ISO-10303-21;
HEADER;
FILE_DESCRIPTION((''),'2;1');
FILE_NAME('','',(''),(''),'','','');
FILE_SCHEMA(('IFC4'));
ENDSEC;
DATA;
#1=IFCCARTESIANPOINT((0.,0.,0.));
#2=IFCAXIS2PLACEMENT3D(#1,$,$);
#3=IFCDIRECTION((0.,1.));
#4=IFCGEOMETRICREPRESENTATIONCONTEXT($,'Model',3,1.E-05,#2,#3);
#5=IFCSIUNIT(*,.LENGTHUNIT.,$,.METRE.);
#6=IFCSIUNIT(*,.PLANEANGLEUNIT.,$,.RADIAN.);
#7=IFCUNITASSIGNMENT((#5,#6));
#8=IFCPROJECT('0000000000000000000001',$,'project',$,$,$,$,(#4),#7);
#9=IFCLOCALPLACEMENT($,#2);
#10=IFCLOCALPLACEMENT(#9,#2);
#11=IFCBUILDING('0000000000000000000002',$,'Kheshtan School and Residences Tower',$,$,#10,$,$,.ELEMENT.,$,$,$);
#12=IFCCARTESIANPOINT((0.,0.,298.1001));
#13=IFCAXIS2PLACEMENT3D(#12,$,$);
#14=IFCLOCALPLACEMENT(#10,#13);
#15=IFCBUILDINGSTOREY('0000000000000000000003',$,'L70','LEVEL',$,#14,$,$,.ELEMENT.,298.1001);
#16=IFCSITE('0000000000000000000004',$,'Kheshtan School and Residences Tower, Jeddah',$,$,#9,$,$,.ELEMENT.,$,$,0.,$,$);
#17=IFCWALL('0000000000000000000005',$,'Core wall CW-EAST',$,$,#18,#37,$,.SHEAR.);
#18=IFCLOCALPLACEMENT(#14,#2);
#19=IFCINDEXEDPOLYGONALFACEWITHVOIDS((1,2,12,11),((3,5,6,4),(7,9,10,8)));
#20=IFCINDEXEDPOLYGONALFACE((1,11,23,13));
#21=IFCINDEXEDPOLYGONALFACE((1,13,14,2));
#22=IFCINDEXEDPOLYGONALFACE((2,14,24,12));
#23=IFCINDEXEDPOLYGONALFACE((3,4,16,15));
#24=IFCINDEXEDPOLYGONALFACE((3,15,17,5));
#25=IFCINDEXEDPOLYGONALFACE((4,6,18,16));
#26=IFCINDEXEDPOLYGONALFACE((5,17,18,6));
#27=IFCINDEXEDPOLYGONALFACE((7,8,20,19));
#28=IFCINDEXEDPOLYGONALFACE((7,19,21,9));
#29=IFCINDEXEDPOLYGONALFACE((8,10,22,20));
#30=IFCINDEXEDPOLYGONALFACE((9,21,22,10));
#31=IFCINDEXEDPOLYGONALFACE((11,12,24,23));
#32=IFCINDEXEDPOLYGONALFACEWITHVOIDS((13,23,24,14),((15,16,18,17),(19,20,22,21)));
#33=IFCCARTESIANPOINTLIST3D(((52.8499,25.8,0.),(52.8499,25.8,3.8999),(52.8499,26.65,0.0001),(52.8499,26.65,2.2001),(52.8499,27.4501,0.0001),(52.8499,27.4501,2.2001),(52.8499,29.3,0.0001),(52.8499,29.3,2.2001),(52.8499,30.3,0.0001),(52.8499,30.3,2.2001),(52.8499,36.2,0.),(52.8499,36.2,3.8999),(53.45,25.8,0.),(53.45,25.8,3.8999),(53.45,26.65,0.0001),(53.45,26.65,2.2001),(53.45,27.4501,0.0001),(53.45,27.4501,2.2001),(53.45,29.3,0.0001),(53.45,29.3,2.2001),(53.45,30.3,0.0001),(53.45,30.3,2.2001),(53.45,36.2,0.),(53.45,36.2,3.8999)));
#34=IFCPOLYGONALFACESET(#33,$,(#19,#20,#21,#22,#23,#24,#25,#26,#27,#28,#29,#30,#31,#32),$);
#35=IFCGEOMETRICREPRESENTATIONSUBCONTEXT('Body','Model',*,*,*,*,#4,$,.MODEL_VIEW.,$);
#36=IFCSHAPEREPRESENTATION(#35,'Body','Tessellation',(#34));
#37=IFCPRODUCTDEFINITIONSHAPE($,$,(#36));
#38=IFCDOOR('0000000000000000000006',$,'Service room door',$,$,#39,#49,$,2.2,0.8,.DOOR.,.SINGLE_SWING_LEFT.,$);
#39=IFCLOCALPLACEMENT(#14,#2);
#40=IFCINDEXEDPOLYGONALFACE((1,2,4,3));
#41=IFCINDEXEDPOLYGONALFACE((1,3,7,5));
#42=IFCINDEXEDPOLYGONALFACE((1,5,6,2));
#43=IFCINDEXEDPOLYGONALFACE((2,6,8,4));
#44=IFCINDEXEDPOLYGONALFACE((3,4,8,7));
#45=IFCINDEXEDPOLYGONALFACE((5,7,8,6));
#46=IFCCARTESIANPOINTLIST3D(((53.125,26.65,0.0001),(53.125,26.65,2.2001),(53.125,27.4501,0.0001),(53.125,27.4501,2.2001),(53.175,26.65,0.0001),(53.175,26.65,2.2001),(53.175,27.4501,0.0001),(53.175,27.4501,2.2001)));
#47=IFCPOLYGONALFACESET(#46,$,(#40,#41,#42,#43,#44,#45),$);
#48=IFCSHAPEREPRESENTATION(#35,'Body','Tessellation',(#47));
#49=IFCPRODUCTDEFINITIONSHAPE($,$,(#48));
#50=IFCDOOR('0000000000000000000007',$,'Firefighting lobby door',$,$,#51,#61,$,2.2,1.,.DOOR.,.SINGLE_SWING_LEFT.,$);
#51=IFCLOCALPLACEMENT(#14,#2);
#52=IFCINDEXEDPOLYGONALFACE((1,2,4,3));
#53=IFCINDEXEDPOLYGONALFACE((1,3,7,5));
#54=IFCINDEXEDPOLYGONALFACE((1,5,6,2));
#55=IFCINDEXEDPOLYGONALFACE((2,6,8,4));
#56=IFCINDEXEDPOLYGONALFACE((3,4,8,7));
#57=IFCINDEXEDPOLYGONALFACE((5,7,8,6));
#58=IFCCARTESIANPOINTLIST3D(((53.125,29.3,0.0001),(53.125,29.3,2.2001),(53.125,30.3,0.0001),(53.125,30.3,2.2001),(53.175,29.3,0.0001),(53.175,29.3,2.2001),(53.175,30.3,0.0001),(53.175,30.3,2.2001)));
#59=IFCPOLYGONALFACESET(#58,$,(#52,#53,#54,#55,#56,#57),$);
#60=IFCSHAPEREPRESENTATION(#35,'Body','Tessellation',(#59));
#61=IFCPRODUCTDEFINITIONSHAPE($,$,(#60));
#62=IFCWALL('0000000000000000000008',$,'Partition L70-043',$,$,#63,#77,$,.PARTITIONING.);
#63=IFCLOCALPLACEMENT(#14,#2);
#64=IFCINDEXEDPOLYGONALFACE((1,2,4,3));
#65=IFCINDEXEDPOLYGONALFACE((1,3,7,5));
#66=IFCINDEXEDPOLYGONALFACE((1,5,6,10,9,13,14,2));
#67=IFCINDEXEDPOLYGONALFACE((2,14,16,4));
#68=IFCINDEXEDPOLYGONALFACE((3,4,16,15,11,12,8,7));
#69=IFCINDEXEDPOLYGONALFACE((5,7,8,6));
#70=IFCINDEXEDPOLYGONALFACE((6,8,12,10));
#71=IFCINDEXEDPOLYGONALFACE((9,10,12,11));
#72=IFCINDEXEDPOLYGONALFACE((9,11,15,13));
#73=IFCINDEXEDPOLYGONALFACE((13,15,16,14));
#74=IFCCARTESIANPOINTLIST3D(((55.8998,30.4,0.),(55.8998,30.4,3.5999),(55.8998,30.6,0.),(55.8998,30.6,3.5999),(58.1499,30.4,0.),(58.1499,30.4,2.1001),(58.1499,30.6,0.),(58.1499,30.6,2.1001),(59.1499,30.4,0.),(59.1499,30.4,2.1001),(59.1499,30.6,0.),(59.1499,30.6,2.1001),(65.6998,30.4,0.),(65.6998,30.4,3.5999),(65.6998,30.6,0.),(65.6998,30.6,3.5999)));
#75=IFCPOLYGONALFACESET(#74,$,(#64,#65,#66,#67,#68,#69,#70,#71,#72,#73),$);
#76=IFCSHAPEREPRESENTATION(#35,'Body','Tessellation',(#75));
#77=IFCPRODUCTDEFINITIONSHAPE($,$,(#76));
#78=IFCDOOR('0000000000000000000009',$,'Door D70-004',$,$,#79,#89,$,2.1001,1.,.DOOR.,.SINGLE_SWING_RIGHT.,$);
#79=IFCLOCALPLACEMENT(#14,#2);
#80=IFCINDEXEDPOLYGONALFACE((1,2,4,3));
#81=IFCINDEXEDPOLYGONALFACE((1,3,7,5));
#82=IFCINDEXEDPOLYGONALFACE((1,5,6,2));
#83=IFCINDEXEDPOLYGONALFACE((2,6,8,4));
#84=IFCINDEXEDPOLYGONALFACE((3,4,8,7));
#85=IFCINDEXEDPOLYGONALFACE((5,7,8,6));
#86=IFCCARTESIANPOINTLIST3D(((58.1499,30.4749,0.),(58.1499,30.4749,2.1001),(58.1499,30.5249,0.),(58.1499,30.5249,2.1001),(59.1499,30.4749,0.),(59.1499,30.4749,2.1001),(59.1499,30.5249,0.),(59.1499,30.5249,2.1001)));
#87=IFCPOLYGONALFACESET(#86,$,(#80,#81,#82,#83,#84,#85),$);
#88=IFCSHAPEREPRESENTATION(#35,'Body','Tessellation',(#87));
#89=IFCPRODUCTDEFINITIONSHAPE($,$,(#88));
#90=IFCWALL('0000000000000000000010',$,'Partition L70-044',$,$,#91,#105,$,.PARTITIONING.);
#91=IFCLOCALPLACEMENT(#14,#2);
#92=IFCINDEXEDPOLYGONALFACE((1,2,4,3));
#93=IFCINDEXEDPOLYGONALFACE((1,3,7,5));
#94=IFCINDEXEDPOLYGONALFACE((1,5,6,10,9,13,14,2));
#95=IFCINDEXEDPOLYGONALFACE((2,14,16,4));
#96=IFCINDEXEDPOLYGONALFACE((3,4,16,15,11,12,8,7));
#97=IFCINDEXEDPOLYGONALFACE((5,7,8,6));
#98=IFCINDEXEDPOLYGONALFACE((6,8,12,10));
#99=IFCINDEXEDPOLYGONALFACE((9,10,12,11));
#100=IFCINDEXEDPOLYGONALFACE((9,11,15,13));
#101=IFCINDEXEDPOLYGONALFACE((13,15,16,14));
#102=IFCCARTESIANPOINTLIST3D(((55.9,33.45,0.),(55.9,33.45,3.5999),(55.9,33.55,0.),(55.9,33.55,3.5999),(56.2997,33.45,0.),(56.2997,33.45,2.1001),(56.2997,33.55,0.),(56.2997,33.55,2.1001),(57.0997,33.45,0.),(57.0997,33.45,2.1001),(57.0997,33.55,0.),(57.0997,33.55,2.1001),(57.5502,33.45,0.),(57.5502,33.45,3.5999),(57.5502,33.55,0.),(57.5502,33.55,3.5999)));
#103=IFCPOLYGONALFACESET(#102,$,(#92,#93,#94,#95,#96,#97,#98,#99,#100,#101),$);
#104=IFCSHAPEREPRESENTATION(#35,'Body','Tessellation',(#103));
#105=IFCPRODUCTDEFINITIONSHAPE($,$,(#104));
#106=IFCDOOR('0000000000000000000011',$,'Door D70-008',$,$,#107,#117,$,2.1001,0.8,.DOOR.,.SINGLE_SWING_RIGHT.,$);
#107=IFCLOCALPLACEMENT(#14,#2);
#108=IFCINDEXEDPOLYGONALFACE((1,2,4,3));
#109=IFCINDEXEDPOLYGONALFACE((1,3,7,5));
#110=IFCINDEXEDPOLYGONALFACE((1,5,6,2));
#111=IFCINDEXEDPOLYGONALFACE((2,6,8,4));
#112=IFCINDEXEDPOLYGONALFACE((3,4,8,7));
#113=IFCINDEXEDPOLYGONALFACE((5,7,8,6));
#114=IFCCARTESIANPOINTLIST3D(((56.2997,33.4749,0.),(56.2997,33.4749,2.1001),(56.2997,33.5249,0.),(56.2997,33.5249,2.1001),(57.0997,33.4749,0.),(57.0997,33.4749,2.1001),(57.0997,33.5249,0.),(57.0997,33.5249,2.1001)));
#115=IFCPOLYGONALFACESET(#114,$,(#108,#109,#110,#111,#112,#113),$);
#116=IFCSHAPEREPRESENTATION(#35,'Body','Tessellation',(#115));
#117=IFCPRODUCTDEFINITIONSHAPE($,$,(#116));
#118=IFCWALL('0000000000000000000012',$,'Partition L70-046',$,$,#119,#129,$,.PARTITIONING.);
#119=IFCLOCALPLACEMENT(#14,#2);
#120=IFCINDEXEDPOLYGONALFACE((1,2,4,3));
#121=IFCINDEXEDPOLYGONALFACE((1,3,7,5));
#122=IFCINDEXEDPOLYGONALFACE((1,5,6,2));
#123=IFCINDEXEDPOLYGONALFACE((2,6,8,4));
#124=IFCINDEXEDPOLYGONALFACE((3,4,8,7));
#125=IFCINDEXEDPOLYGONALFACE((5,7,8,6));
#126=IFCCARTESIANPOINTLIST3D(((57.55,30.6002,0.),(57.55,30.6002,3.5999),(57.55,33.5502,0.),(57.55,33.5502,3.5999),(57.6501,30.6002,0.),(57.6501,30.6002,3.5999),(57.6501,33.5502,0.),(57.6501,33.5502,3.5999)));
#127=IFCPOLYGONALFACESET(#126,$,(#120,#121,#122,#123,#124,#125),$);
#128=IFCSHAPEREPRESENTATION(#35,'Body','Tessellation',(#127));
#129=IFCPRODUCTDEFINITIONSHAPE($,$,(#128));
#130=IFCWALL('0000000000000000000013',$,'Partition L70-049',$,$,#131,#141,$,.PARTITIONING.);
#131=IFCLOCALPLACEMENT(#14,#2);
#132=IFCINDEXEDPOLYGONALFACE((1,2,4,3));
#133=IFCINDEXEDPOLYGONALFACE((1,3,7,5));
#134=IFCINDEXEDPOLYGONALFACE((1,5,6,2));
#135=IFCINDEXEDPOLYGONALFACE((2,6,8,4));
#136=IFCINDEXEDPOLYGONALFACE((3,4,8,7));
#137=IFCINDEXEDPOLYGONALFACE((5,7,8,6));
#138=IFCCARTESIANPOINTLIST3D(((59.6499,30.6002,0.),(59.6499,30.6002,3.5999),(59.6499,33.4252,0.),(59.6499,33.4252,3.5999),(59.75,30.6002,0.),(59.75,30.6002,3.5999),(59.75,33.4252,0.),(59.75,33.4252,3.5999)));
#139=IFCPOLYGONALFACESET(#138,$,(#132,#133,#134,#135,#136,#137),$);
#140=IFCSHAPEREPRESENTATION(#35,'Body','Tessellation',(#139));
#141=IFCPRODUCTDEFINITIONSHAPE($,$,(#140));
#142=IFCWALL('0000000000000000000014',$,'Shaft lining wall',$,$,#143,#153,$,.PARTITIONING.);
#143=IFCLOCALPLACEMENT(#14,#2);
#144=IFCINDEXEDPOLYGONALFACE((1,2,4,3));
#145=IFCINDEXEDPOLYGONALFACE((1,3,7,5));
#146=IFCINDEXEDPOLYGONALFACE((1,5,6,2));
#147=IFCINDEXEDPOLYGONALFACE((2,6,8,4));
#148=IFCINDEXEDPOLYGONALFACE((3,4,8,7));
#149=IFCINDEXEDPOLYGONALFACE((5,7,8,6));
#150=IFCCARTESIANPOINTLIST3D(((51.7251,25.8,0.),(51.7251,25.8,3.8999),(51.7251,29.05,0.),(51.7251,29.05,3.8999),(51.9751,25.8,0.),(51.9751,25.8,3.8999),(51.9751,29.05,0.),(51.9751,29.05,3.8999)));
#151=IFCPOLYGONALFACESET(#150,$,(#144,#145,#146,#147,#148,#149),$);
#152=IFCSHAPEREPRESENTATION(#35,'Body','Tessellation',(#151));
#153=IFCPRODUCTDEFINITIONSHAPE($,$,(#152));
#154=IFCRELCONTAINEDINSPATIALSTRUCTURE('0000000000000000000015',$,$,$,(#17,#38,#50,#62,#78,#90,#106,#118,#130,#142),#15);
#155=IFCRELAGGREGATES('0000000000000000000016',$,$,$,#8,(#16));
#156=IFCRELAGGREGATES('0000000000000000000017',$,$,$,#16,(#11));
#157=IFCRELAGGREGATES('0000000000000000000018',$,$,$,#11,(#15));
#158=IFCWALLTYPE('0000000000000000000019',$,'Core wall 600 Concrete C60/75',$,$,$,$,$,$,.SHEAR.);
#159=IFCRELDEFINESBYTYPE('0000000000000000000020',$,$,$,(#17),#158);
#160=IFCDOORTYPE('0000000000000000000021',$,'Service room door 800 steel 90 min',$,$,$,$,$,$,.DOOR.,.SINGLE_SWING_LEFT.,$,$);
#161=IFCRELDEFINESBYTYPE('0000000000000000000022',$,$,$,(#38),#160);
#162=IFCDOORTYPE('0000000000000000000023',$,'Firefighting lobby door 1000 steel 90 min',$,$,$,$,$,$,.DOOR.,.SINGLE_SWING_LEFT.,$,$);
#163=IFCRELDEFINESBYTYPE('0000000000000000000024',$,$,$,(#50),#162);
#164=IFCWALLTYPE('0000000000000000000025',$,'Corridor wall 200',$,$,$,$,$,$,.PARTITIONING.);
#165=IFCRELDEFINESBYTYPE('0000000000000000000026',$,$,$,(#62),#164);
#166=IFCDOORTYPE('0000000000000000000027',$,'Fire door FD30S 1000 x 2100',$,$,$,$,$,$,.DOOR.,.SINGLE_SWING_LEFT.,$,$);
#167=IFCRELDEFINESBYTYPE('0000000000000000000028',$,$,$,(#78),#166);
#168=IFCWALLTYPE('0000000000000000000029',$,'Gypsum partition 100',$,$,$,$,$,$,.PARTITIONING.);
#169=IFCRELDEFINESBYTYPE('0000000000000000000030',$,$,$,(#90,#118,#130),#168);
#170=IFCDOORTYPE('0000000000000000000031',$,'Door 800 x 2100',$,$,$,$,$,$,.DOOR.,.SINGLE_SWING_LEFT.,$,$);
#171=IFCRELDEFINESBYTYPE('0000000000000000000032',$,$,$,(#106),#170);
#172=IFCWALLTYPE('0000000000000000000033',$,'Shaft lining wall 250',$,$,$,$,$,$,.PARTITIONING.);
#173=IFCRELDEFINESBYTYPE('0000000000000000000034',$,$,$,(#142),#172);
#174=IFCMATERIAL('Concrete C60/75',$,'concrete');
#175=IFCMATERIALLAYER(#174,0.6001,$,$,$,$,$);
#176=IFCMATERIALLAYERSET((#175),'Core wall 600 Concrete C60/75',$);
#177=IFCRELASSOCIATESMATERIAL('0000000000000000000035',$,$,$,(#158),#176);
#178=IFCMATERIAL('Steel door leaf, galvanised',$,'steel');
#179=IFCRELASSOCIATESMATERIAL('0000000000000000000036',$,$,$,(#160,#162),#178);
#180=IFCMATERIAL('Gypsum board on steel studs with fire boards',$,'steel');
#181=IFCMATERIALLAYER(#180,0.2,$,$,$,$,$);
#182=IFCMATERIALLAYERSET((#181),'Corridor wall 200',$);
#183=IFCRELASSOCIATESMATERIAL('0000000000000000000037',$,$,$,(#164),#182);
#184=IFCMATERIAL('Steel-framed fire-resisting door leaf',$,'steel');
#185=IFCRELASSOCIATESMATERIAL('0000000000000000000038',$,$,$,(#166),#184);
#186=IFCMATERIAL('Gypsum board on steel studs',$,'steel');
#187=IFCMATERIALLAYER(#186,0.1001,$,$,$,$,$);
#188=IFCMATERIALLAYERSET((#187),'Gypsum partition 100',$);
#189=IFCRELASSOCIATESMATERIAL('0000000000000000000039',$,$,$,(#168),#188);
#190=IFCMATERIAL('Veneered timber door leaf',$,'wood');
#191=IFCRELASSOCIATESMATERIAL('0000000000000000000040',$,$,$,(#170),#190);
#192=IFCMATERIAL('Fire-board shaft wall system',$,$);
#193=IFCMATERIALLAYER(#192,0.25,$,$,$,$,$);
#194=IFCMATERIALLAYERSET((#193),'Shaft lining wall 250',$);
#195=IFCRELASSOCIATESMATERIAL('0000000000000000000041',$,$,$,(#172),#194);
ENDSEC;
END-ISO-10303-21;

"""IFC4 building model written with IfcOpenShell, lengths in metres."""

from ifc_helpers import new_model, si_unit, direction, frame, frame_2d, origin, place, context, subcontext, project, spatial, rectangle, extrude, source, transform, mapped, material, layer, layer_set, type_object, element, fill, save


model = new_model("IFC4")

# Units and contexts
model_context = context("Model", 3, precision=1e-05, world=origin(), true_north=direction((0.0, 1.0)))
body_context = subcontext(model_context, "Body", "Model", "MODEL_VIEW")
ifc_project = project(units=[si_unit("LENGTHUNIT", "METRE"), si_unit("PLANEANGLEUNIT", "RADIAN")], contexts=[model_context])

# Site, building, storey
site_placement = place(None, origin())
site = spatial("IfcSite", under=ifc_project, at=site_placement, Name="Kheshtan School and Residences Tower, Jeddah", CompositionType="ELEMENT", RefElevation=0.0)
building_placement = place(site_placement, origin())
building = spatial("IfcBuilding", under=site, at=building_placement, Name="Kheshtan School and Residences Tower", CompositionType="ELEMENT")
storey_placement = place(building_placement, frame((0.0, 0.0, 298.1001)))
storey = spatial("IfcBuildingStorey", under=building, at=storey_placement, Name="L70", Description="LEVEL", CompositionType="ELEMENT", Elevation=298.1001)

# Wall, openings, doors
ifc_material_1 = material(Name="Concrete C60/75", Category="concrete")
ifc_layer_1 = layer(ifc_material_1, 0.6001)
ifc_layer_set_1 = layer_set([ifc_layer_1], Name="Core wall 600 Concrete C60/75")
wall_type_1 = type_object("IfcWallType", Name="Core wall 600 Concrete C60/75", PredefinedType="SHEAR", material=ifc_layer_set_1)
wall_1_placement = place(storey_placement, frame((53.1499, 25.8, 0.0), z_axis=(0.0, 0.0, 1.0), x_axis=(0.0, 1.0, 0.0)))
wall_1 = element("IfcWall", 1, at=wall_1_placement, inside=storey, type_object=wall_type_1, Name="Core wall CW-EAST", PredefinedType="SHEAR", context=body_context, shape_type="SweptSolid", body=[
    extrude(rectangle(XDim=10.3999, YDim=0.6001, at=frame_2d((5.2, 0.0))), origin(), (0.0, 0.0, 1.0), 3.8999),
])
opening_1_placement = place(wall_1_placement, frame((0.8501, 0.0, 0.0)))
opening_1 = element("IfcOpeningElement", 2, at=opening_1_placement, cuts=wall_1, PredefinedType="OPENING", context=body_context, shape_type="SweptSolid", body=[
    extrude(rectangle(XDim=0.8, YDim=2.2, at=frame_2d((0.3999, 1.1001))), frame((0.0, 0.3101, 0.0), z_axis=(0.0, -1.0, 0.0), x_axis=(1.0, 0.0, 0.0)), (0.0, 0.0, 1.0), 0.6201),
])
opening_2_placement = place(wall_1_placement, frame((3.5, 0.0, 0.0)))
opening_2 = element("IfcOpeningElement", 3, at=opening_2_placement, cuts=wall_1, PredefinedType="OPENING", context=body_context, shape_type="SweptSolid", body=[
    extrude(rectangle(XDim=1.0, YDim=2.2, at=frame_2d((0.5, 1.1001))), frame((0.0, 0.3101, 0.0), z_axis=(0.0, -1.0, 0.0), x_axis=(1.0, 0.0, 0.0)), (0.0, 0.0, 1.0), 0.6201),
])
ifc_material_2 = material(Name="Steel door leaf, galvanised", Category="steel")
door_type_1 = type_object("IfcDoorType", Name="Service room door 800 steel 90 min", OperationType="SINGLE_SWING_LEFT", PredefinedType="DOOR", material=ifc_material_2)
shared_shape_1 = source(origin(), body_context, "Body", "SweptSolid", [
    extrude(rectangle(XDim=0.8, YDim=2.2, at=frame_2d((0.3999, 1.1001))), frame((0.0, 0.0249, 0.0), z_axis=(0.0, -1.0, 0.0), x_axis=(1.0, 0.0, 0.0)), (0.0, 0.0, 1.0), 0.05),
])
door_1_placement = place(opening_1_placement, origin())
door_1 = element("IfcDoor", 4, at=door_1_placement, inside=storey, type_object=door_type_1, Name="Service room door", OperationType="SINGLE_SWING_LEFT", OverallHeight=2.2, OverallWidth=0.8, PredefinedType="DOOR", context=body_context, shape_type="MappedRepresentation", body=[
    mapped(shared_shape_1, transform((0.0, 0.0, 0.0), x_axis=(1.0, 0.0, 0.0), y_axis=(0.0, 1.0, 0.0), z_axis=(0.0, 0.0, 1.0), scale=1.0)),
])
fill(opening_1, door_1)
door_type_2 = type_object("IfcDoorType", Name="Firefighting lobby door 1000 steel 90 min", OperationType="SINGLE_SWING_LEFT", PredefinedType="DOOR", material=ifc_material_2)
shared_shape_2 = source(origin(), body_context, "Body", "SweptSolid", [
    extrude(rectangle(XDim=1.0, YDim=2.2, at=frame_2d((0.5, 1.1001))), frame((0.0, 0.0249, 0.0), z_axis=(0.0, -1.0, 0.0), x_axis=(1.0, 0.0, 0.0)), (0.0, 0.0, 1.0), 0.05),
])
door_2_placement = place(opening_2_placement, origin())
door_2 = element("IfcDoor", 5, at=door_2_placement, inside=storey, type_object=door_type_2, Name="Firefighting lobby door", OperationType="SINGLE_SWING_LEFT", OverallHeight=2.2, OverallWidth=1.0, PredefinedType="DOOR", context=body_context, shape_type="MappedRepresentation", body=[
    mapped(shared_shape_2, transform((0.0, 0.0, 0.0), x_axis=(1.0, 0.0, 0.0), y_axis=(0.0, 1.0, 0.0), z_axis=(0.0, 0.0, 1.0), scale=1.0)),
])
fill(opening_2, door_2)

# Walls, openings, doors
ifc_material_3 = material(Name="Gypsum board on steel studs with fire boards", Category="steel")
ifc_layer_2 = layer(ifc_material_3, 0.2)
ifc_layer_set_2 = layer_set([ifc_layer_2], Name="Corridor wall 200")
wall_type_2 = type_object("IfcWallType", Name="Corridor wall 200", PredefinedType="PARTITIONING", material=ifc_layer_set_2)
wall_2_placement = place(storey_placement, frame((55.8999, 30.5, 0.0), z_axis=(0.0, 0.0, 1.0), x_axis=(1.0, 0.0, 0.0)))
wall_2 = element("IfcWall", 6, at=wall_2_placement, inside=storey, type_object=wall_type_2, Name="Partition L70-043", PredefinedType="PARTITIONING", context=body_context, shape_type="SweptSolid", body=[
    extrude(rectangle(XDim=9.8, YDim=0.2, at=frame_2d((4.8999, 0.0))), origin(), (0.0, 0.0, 1.0), 3.5999),
])
opening_3_placement = place(wall_2_placement, frame((2.25, 0.0, 0.0)))
opening_3 = element("IfcOpeningElement", 7, at=opening_3_placement, cuts=wall_2, PredefinedType="OPENING", context=body_context, shape_type="SweptSolid", body=[
    extrude(rectangle(XDim=1.0, YDim=2.1001, at=frame_2d((0.5, 1.05))), frame((0.0, 0.1099, 0.0), z_axis=(0.0, -1.0, 0.0), x_axis=(1.0, 0.0, 0.0)), (0.0, 0.0, 1.0), 0.22),
])
ifc_material_4 = material(Name="Steel-framed fire-resisting door leaf", Category="steel")
door_type_3 = type_object("IfcDoorType", Name="Fire door FD30S 1000 x 2100", OperationType="SINGLE_SWING_LEFT", PredefinedType="DOOR", material=ifc_material_4)
shared_shape_3 = source(origin(), body_context, "Body", "SweptSolid", [
    extrude(rectangle(XDim=1.0, YDim=2.1001, at=frame_2d((0.5, 1.05))), frame((0.0, 0.0249, 0.0), z_axis=(0.0, -1.0, 0.0), x_axis=(1.0, 0.0, 0.0)), (0.0, 0.0, 1.0), 0.05),
])
door_3_placement = place(opening_3_placement, origin())
door_3 = element("IfcDoor", 8, at=door_3_placement, inside=storey, type_object=door_type_3, Name="Door D70-004", OperationType="SINGLE_SWING_RIGHT", OverallHeight=2.1001, OverallWidth=1.0, PredefinedType="DOOR", context=body_context, shape_type="MappedRepresentation", body=[
    mapped(shared_shape_3, transform((0.0, 0.0, 0.0), x_axis=(1.0, 0.0, 0.0), y_axis=(0.0, 1.0, 0.0), z_axis=(0.0, 0.0, 1.0), scale=1.0)),
])
fill(opening_3, door_3)
ifc_material_5 = material(Name="Gypsum board on steel studs", Category="steel")
ifc_layer_3 = layer(ifc_material_5, 0.1001)
ifc_layer_set_3 = layer_set([ifc_layer_3], Name="Gypsum partition 100")
wall_type_3 = type_object("IfcWallType", Name="Gypsum partition 100", PredefinedType="PARTITIONING", material=ifc_layer_set_3)
wall_3_placement = place(storey_placement, frame((55.8999, 33.5, 0.0), z_axis=(0.0, 0.0, 1.0), x_axis=(1.0, 0.0, 0.0)))
wall_3 = element("IfcWall", 9, at=wall_3_placement, inside=storey, type_object=wall_type_3, Name="Partition L70-044", PredefinedType="PARTITIONING", context=body_context, shape_type="SweptSolid", body=[
    extrude(rectangle(XDim=1.6501, YDim=0.1001, at=frame_2d((0.8252, 0.0))), origin(), (0.0, 0.0, 1.0), 3.5999),
])
opening_4_placement = place(wall_3_placement, frame((0.3999, 0.0, 0.0)))
opening_4 = element("IfcOpeningElement", 10, at=opening_4_placement, cuts=wall_3, PredefinedType="OPENING", context=body_context, shape_type="SweptSolid", body=[
    extrude(rectangle(XDim=0.8, YDim=2.1001, at=frame_2d((0.3999, 1.05))), frame((0.0, 0.0601, 0.0), z_axis=(0.0, -1.0, 0.0), x_axis=(1.0, 0.0, 0.0)), (0.0, 0.0, 1.0), 0.1201),
])
ifc_material_6 = material(Name="Veneered timber door leaf", Category="wood")
door_type_4 = type_object("IfcDoorType", Name="Door 800 x 2100", OperationType="SINGLE_SWING_LEFT", PredefinedType="DOOR", material=ifc_material_6)
shared_shape_4 = source(origin(), body_context, "Body", "SweptSolid", [
    extrude(rectangle(XDim=0.8, YDim=2.1001, at=frame_2d((0.3999, 1.05))), frame((0.0, 0.0249, 0.0), z_axis=(0.0, -1.0, 0.0), x_axis=(1.0, 0.0, 0.0)), (0.0, 0.0, 1.0), 0.05),
])
door_4_placement = place(opening_4_placement, origin())
door_4 = element("IfcDoor", 11, at=door_4_placement, inside=storey, type_object=door_type_4, Name="Door D70-008", OperationType="SINGLE_SWING_RIGHT", OverallHeight=2.1001, OverallWidth=0.8, PredefinedType="DOOR", context=body_context, shape_type="MappedRepresentation", body=[
    mapped(shared_shape_4, transform((0.0, 0.0, 0.0), x_axis=(1.0, 0.0, 0.0), y_axis=(0.0, 1.0, 0.0), z_axis=(0.0, 0.0, 1.0), scale=1.0)),
])
fill(opening_4, door_4)

# Walls
wall_4_placement = place(storey_placement, frame((57.6001, 30.6001, 0.0), z_axis=(0.0, 0.0, 1.0), x_axis=(0.0, 1.0, 0.0)))
element("IfcWall", 12, at=wall_4_placement, inside=storey, type_object=wall_type_3, Name="Partition L70-046", PredefinedType="PARTITIONING", context=body_context, shape_type="SweptSolid", body=[
    extrude(rectangle(XDim=2.95, YDim=0.1001, at=frame_2d((1.4751, 0.0))), origin(), (0.0, 0.0, 1.0), 3.5999),
])
wall_5_placement = place(storey_placement, frame((59.7, 30.6001, 0.0), z_axis=(0.0, 0.0, 1.0), x_axis=(0.0, 1.0, 0.0)))
element("IfcWall", 13, at=wall_5_placement, inside=storey, type_object=wall_type_3, Name="Partition L70-049", PredefinedType="PARTITIONING", context=body_context, shape_type="SweptSolid", body=[
    extrude(rectangle(XDim=2.825, YDim=0.1001, at=frame_2d((1.4126, 0.0))), origin(), (0.0, 0.0, 1.0), 3.5999),
])
ifc_material_7 = material(Name="Fire-board shaft wall system")
ifc_layer_4 = layer(ifc_material_7, 0.25)
ifc_layer_set_4 = layer_set([ifc_layer_4], Name="Shaft lining wall 250")
wall_type_4 = type_object("IfcWallType", Name="Shaft lining wall 250", PredefinedType="PARTITIONING", material=ifc_layer_set_4)
wall_6_placement = place(storey_placement, frame((51.8501, 25.8, 0.0), z_axis=(0.0, 0.0, 1.0), x_axis=(0.0, 1.0, 0.0)))
element("IfcWall", 14, at=wall_6_placement, inside=storey, type_object=wall_type_4, Name="Shaft lining wall", PredefinedType="PARTITIONING", context=body_context, shape_type="SweptSolid", body=[
    extrude(rectangle(XDim=3.25, YDim=0.25, at=frame_2d((1.625, 0.0))), origin(), (0.0, 0.0, 1.0), 3.8999),
])

save(model, "model.ifc")
